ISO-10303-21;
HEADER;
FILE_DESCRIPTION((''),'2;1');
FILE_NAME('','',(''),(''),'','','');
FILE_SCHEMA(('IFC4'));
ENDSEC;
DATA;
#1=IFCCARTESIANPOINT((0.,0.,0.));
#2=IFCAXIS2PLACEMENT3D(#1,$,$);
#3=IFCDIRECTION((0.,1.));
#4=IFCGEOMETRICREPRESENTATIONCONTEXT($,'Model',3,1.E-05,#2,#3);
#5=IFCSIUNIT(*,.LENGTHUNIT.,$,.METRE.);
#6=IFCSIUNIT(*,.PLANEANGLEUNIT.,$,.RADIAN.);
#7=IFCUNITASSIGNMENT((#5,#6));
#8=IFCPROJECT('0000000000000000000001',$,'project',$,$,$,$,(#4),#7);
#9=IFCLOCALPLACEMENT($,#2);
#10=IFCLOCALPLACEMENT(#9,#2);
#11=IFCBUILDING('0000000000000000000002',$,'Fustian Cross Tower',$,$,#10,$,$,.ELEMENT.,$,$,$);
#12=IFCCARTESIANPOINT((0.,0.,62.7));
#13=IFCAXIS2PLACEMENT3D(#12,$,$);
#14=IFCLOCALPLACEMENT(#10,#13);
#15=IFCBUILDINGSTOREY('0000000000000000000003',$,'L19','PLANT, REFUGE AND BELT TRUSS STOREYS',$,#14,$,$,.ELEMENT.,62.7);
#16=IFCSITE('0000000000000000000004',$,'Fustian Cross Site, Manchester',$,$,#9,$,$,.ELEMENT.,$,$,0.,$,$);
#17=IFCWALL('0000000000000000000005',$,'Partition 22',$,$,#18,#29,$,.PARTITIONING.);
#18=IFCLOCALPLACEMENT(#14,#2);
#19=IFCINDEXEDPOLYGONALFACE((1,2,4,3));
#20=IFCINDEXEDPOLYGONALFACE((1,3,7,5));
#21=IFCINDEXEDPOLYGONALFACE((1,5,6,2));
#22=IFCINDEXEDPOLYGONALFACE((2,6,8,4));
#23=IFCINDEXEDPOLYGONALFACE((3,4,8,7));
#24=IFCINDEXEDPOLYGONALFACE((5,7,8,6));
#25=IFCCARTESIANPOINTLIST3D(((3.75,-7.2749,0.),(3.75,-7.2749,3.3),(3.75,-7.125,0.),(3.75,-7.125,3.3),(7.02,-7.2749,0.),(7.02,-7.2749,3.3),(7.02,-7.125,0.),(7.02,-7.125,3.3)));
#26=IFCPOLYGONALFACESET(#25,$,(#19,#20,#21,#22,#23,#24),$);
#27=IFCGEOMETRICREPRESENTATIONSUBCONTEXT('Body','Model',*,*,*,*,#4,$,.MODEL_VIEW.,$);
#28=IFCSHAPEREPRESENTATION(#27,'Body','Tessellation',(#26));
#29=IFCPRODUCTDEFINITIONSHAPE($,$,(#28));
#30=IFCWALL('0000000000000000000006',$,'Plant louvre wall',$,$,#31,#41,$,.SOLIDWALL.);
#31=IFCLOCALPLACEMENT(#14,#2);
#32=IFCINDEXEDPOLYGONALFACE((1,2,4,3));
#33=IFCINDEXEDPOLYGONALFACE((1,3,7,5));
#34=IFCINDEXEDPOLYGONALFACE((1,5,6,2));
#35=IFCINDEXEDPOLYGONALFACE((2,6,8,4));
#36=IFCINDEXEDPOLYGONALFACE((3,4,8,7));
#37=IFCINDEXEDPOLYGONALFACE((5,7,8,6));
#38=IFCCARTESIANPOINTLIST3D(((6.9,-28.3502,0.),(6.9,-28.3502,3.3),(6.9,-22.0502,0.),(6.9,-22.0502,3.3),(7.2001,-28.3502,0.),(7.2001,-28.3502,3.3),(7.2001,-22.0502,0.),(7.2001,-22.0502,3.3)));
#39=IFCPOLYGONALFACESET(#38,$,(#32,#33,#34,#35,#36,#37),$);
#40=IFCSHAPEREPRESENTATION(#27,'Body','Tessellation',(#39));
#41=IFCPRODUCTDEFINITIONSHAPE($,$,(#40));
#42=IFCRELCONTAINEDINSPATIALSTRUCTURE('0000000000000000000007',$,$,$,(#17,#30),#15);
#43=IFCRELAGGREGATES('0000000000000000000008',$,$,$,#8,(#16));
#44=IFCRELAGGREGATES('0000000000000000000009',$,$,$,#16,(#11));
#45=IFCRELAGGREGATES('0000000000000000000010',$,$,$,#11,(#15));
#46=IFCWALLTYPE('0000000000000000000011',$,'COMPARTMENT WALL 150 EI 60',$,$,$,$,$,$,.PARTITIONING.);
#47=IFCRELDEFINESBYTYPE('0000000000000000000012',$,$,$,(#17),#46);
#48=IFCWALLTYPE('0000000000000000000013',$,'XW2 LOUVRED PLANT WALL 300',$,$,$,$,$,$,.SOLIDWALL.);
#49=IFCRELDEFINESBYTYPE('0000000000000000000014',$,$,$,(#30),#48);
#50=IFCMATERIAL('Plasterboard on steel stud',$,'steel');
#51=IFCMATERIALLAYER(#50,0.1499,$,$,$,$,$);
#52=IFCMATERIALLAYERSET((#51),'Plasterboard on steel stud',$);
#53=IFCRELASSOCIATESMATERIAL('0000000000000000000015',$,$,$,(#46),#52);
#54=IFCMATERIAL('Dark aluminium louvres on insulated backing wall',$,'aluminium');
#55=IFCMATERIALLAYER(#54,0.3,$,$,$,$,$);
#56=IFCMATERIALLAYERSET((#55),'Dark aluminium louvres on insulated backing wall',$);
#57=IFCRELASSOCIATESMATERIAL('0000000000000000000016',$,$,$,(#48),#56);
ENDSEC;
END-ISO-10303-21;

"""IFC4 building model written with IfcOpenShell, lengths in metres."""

from ifc_helpers import new_model, si_unit, direction, frame, frame_2d, origin, place, context, subcontext, project, spatial, rectangle, extrude, material, layer, layer_set, type_object, element, save


model = new_model("IFC4")

# Units and contexts
model_context = context("Model", 3, precision=1e-05, world=origin(), true_north=direction((0.0, 1.0)))
body_context = subcontext(model_context, "Body", "Model", "MODEL_VIEW")
ifc_project = project(units=[si_unit("LENGTHUNIT", "METRE"), si_unit("PLANEANGLEUNIT", "RADIAN")], contexts=[model_context])

# Site, building, storey
site_placement = place(None, origin())
site = spatial("IfcSite", under=ifc_project, at=site_placement, Name="Fustian Cross Site, Manchester", CompositionType="ELEMENT", RefElevation=0.0)
building_placement = place(site_placement, origin())
building = spatial("IfcBuilding", under=site, at=building_placement, Name="Fustian Cross Tower", CompositionType="ELEMENT")
storey_placement = place(building_placement, frame((0.0, 0.0, 62.7)))
storey = spatial("IfcBuildingStorey", under=building, at=storey_placement, Name="L19", Description="PLANT, REFUGE AND BELT TRUSS STOREYS", CompositionType="ELEMENT", Elevation=62.7)

# Walls
ifc_material_1 = material(Name="Plasterboard on steel stud", Category="steel")
ifc_layer_1 = layer(ifc_material_1, 0.1499)
ifc_layer_set_1 = layer_set([ifc_layer_1], Name="Plasterboard on steel stud")
wall_type_1 = type_object("IfcWallType", Name="COMPARTMENT WALL 150 EI 60", PredefinedType="PARTITIONING", material=ifc_layer_set_1)
wall_1_placement = place(storey_placement, frame((3.75, -7.2, 0.0), z_axis=(0.0, 0.0, 1.0), x_axis=(1.0, 0.0, 0.0)))
element("IfcWall", 1, at=wall_1_placement, inside=storey, type_object=wall_type_1, Name="Partition 22", PredefinedType="PARTITIONING", context=body_context, shape_type="SweptSolid", body=[
    extrude(rectangle(XDim=3.27, YDim=0.1499, at=frame_2d((1.635, 0.0))), origin(), (0.0, 0.0, 1.0), 3.3),
])
ifc_material_2 = material(Name="Dark aluminium louvres on insulated backing wall", Category="aluminium")
ifc_layer_2 = layer(ifc_material_2, 0.3)
ifc_layer_set_2 = layer_set([ifc_layer_2], Name="Dark aluminium louvres on insulated backing wall")
wall_type_2 = type_object("IfcWallType", Name="XW2 LOUVRED PLANT WALL 300", PredefinedType="SOLIDWALL", material=ifc_layer_set_2)
wall_2_placement = place(storey_placement, frame((7.05, -28.3501, 0.0), z_axis=(0.0, 0.0, 1.0), x_axis=(0.0, 1.0, 0.0)))
element("IfcWall", 2, at=wall_2_placement, inside=storey, type_object=wall_type_2, Name="Plant louvre wall", PredefinedType="SOLIDWALL", context=body_context, shape_type="SweptSolid", body=[
    extrude(rectangle(XDim=6.3, YDim=0.3, at=frame_2d((3.1499, 0.0))), origin(), (0.0, 0.0, 1.0), 3.3),
])

save(model, "model.ifc")
